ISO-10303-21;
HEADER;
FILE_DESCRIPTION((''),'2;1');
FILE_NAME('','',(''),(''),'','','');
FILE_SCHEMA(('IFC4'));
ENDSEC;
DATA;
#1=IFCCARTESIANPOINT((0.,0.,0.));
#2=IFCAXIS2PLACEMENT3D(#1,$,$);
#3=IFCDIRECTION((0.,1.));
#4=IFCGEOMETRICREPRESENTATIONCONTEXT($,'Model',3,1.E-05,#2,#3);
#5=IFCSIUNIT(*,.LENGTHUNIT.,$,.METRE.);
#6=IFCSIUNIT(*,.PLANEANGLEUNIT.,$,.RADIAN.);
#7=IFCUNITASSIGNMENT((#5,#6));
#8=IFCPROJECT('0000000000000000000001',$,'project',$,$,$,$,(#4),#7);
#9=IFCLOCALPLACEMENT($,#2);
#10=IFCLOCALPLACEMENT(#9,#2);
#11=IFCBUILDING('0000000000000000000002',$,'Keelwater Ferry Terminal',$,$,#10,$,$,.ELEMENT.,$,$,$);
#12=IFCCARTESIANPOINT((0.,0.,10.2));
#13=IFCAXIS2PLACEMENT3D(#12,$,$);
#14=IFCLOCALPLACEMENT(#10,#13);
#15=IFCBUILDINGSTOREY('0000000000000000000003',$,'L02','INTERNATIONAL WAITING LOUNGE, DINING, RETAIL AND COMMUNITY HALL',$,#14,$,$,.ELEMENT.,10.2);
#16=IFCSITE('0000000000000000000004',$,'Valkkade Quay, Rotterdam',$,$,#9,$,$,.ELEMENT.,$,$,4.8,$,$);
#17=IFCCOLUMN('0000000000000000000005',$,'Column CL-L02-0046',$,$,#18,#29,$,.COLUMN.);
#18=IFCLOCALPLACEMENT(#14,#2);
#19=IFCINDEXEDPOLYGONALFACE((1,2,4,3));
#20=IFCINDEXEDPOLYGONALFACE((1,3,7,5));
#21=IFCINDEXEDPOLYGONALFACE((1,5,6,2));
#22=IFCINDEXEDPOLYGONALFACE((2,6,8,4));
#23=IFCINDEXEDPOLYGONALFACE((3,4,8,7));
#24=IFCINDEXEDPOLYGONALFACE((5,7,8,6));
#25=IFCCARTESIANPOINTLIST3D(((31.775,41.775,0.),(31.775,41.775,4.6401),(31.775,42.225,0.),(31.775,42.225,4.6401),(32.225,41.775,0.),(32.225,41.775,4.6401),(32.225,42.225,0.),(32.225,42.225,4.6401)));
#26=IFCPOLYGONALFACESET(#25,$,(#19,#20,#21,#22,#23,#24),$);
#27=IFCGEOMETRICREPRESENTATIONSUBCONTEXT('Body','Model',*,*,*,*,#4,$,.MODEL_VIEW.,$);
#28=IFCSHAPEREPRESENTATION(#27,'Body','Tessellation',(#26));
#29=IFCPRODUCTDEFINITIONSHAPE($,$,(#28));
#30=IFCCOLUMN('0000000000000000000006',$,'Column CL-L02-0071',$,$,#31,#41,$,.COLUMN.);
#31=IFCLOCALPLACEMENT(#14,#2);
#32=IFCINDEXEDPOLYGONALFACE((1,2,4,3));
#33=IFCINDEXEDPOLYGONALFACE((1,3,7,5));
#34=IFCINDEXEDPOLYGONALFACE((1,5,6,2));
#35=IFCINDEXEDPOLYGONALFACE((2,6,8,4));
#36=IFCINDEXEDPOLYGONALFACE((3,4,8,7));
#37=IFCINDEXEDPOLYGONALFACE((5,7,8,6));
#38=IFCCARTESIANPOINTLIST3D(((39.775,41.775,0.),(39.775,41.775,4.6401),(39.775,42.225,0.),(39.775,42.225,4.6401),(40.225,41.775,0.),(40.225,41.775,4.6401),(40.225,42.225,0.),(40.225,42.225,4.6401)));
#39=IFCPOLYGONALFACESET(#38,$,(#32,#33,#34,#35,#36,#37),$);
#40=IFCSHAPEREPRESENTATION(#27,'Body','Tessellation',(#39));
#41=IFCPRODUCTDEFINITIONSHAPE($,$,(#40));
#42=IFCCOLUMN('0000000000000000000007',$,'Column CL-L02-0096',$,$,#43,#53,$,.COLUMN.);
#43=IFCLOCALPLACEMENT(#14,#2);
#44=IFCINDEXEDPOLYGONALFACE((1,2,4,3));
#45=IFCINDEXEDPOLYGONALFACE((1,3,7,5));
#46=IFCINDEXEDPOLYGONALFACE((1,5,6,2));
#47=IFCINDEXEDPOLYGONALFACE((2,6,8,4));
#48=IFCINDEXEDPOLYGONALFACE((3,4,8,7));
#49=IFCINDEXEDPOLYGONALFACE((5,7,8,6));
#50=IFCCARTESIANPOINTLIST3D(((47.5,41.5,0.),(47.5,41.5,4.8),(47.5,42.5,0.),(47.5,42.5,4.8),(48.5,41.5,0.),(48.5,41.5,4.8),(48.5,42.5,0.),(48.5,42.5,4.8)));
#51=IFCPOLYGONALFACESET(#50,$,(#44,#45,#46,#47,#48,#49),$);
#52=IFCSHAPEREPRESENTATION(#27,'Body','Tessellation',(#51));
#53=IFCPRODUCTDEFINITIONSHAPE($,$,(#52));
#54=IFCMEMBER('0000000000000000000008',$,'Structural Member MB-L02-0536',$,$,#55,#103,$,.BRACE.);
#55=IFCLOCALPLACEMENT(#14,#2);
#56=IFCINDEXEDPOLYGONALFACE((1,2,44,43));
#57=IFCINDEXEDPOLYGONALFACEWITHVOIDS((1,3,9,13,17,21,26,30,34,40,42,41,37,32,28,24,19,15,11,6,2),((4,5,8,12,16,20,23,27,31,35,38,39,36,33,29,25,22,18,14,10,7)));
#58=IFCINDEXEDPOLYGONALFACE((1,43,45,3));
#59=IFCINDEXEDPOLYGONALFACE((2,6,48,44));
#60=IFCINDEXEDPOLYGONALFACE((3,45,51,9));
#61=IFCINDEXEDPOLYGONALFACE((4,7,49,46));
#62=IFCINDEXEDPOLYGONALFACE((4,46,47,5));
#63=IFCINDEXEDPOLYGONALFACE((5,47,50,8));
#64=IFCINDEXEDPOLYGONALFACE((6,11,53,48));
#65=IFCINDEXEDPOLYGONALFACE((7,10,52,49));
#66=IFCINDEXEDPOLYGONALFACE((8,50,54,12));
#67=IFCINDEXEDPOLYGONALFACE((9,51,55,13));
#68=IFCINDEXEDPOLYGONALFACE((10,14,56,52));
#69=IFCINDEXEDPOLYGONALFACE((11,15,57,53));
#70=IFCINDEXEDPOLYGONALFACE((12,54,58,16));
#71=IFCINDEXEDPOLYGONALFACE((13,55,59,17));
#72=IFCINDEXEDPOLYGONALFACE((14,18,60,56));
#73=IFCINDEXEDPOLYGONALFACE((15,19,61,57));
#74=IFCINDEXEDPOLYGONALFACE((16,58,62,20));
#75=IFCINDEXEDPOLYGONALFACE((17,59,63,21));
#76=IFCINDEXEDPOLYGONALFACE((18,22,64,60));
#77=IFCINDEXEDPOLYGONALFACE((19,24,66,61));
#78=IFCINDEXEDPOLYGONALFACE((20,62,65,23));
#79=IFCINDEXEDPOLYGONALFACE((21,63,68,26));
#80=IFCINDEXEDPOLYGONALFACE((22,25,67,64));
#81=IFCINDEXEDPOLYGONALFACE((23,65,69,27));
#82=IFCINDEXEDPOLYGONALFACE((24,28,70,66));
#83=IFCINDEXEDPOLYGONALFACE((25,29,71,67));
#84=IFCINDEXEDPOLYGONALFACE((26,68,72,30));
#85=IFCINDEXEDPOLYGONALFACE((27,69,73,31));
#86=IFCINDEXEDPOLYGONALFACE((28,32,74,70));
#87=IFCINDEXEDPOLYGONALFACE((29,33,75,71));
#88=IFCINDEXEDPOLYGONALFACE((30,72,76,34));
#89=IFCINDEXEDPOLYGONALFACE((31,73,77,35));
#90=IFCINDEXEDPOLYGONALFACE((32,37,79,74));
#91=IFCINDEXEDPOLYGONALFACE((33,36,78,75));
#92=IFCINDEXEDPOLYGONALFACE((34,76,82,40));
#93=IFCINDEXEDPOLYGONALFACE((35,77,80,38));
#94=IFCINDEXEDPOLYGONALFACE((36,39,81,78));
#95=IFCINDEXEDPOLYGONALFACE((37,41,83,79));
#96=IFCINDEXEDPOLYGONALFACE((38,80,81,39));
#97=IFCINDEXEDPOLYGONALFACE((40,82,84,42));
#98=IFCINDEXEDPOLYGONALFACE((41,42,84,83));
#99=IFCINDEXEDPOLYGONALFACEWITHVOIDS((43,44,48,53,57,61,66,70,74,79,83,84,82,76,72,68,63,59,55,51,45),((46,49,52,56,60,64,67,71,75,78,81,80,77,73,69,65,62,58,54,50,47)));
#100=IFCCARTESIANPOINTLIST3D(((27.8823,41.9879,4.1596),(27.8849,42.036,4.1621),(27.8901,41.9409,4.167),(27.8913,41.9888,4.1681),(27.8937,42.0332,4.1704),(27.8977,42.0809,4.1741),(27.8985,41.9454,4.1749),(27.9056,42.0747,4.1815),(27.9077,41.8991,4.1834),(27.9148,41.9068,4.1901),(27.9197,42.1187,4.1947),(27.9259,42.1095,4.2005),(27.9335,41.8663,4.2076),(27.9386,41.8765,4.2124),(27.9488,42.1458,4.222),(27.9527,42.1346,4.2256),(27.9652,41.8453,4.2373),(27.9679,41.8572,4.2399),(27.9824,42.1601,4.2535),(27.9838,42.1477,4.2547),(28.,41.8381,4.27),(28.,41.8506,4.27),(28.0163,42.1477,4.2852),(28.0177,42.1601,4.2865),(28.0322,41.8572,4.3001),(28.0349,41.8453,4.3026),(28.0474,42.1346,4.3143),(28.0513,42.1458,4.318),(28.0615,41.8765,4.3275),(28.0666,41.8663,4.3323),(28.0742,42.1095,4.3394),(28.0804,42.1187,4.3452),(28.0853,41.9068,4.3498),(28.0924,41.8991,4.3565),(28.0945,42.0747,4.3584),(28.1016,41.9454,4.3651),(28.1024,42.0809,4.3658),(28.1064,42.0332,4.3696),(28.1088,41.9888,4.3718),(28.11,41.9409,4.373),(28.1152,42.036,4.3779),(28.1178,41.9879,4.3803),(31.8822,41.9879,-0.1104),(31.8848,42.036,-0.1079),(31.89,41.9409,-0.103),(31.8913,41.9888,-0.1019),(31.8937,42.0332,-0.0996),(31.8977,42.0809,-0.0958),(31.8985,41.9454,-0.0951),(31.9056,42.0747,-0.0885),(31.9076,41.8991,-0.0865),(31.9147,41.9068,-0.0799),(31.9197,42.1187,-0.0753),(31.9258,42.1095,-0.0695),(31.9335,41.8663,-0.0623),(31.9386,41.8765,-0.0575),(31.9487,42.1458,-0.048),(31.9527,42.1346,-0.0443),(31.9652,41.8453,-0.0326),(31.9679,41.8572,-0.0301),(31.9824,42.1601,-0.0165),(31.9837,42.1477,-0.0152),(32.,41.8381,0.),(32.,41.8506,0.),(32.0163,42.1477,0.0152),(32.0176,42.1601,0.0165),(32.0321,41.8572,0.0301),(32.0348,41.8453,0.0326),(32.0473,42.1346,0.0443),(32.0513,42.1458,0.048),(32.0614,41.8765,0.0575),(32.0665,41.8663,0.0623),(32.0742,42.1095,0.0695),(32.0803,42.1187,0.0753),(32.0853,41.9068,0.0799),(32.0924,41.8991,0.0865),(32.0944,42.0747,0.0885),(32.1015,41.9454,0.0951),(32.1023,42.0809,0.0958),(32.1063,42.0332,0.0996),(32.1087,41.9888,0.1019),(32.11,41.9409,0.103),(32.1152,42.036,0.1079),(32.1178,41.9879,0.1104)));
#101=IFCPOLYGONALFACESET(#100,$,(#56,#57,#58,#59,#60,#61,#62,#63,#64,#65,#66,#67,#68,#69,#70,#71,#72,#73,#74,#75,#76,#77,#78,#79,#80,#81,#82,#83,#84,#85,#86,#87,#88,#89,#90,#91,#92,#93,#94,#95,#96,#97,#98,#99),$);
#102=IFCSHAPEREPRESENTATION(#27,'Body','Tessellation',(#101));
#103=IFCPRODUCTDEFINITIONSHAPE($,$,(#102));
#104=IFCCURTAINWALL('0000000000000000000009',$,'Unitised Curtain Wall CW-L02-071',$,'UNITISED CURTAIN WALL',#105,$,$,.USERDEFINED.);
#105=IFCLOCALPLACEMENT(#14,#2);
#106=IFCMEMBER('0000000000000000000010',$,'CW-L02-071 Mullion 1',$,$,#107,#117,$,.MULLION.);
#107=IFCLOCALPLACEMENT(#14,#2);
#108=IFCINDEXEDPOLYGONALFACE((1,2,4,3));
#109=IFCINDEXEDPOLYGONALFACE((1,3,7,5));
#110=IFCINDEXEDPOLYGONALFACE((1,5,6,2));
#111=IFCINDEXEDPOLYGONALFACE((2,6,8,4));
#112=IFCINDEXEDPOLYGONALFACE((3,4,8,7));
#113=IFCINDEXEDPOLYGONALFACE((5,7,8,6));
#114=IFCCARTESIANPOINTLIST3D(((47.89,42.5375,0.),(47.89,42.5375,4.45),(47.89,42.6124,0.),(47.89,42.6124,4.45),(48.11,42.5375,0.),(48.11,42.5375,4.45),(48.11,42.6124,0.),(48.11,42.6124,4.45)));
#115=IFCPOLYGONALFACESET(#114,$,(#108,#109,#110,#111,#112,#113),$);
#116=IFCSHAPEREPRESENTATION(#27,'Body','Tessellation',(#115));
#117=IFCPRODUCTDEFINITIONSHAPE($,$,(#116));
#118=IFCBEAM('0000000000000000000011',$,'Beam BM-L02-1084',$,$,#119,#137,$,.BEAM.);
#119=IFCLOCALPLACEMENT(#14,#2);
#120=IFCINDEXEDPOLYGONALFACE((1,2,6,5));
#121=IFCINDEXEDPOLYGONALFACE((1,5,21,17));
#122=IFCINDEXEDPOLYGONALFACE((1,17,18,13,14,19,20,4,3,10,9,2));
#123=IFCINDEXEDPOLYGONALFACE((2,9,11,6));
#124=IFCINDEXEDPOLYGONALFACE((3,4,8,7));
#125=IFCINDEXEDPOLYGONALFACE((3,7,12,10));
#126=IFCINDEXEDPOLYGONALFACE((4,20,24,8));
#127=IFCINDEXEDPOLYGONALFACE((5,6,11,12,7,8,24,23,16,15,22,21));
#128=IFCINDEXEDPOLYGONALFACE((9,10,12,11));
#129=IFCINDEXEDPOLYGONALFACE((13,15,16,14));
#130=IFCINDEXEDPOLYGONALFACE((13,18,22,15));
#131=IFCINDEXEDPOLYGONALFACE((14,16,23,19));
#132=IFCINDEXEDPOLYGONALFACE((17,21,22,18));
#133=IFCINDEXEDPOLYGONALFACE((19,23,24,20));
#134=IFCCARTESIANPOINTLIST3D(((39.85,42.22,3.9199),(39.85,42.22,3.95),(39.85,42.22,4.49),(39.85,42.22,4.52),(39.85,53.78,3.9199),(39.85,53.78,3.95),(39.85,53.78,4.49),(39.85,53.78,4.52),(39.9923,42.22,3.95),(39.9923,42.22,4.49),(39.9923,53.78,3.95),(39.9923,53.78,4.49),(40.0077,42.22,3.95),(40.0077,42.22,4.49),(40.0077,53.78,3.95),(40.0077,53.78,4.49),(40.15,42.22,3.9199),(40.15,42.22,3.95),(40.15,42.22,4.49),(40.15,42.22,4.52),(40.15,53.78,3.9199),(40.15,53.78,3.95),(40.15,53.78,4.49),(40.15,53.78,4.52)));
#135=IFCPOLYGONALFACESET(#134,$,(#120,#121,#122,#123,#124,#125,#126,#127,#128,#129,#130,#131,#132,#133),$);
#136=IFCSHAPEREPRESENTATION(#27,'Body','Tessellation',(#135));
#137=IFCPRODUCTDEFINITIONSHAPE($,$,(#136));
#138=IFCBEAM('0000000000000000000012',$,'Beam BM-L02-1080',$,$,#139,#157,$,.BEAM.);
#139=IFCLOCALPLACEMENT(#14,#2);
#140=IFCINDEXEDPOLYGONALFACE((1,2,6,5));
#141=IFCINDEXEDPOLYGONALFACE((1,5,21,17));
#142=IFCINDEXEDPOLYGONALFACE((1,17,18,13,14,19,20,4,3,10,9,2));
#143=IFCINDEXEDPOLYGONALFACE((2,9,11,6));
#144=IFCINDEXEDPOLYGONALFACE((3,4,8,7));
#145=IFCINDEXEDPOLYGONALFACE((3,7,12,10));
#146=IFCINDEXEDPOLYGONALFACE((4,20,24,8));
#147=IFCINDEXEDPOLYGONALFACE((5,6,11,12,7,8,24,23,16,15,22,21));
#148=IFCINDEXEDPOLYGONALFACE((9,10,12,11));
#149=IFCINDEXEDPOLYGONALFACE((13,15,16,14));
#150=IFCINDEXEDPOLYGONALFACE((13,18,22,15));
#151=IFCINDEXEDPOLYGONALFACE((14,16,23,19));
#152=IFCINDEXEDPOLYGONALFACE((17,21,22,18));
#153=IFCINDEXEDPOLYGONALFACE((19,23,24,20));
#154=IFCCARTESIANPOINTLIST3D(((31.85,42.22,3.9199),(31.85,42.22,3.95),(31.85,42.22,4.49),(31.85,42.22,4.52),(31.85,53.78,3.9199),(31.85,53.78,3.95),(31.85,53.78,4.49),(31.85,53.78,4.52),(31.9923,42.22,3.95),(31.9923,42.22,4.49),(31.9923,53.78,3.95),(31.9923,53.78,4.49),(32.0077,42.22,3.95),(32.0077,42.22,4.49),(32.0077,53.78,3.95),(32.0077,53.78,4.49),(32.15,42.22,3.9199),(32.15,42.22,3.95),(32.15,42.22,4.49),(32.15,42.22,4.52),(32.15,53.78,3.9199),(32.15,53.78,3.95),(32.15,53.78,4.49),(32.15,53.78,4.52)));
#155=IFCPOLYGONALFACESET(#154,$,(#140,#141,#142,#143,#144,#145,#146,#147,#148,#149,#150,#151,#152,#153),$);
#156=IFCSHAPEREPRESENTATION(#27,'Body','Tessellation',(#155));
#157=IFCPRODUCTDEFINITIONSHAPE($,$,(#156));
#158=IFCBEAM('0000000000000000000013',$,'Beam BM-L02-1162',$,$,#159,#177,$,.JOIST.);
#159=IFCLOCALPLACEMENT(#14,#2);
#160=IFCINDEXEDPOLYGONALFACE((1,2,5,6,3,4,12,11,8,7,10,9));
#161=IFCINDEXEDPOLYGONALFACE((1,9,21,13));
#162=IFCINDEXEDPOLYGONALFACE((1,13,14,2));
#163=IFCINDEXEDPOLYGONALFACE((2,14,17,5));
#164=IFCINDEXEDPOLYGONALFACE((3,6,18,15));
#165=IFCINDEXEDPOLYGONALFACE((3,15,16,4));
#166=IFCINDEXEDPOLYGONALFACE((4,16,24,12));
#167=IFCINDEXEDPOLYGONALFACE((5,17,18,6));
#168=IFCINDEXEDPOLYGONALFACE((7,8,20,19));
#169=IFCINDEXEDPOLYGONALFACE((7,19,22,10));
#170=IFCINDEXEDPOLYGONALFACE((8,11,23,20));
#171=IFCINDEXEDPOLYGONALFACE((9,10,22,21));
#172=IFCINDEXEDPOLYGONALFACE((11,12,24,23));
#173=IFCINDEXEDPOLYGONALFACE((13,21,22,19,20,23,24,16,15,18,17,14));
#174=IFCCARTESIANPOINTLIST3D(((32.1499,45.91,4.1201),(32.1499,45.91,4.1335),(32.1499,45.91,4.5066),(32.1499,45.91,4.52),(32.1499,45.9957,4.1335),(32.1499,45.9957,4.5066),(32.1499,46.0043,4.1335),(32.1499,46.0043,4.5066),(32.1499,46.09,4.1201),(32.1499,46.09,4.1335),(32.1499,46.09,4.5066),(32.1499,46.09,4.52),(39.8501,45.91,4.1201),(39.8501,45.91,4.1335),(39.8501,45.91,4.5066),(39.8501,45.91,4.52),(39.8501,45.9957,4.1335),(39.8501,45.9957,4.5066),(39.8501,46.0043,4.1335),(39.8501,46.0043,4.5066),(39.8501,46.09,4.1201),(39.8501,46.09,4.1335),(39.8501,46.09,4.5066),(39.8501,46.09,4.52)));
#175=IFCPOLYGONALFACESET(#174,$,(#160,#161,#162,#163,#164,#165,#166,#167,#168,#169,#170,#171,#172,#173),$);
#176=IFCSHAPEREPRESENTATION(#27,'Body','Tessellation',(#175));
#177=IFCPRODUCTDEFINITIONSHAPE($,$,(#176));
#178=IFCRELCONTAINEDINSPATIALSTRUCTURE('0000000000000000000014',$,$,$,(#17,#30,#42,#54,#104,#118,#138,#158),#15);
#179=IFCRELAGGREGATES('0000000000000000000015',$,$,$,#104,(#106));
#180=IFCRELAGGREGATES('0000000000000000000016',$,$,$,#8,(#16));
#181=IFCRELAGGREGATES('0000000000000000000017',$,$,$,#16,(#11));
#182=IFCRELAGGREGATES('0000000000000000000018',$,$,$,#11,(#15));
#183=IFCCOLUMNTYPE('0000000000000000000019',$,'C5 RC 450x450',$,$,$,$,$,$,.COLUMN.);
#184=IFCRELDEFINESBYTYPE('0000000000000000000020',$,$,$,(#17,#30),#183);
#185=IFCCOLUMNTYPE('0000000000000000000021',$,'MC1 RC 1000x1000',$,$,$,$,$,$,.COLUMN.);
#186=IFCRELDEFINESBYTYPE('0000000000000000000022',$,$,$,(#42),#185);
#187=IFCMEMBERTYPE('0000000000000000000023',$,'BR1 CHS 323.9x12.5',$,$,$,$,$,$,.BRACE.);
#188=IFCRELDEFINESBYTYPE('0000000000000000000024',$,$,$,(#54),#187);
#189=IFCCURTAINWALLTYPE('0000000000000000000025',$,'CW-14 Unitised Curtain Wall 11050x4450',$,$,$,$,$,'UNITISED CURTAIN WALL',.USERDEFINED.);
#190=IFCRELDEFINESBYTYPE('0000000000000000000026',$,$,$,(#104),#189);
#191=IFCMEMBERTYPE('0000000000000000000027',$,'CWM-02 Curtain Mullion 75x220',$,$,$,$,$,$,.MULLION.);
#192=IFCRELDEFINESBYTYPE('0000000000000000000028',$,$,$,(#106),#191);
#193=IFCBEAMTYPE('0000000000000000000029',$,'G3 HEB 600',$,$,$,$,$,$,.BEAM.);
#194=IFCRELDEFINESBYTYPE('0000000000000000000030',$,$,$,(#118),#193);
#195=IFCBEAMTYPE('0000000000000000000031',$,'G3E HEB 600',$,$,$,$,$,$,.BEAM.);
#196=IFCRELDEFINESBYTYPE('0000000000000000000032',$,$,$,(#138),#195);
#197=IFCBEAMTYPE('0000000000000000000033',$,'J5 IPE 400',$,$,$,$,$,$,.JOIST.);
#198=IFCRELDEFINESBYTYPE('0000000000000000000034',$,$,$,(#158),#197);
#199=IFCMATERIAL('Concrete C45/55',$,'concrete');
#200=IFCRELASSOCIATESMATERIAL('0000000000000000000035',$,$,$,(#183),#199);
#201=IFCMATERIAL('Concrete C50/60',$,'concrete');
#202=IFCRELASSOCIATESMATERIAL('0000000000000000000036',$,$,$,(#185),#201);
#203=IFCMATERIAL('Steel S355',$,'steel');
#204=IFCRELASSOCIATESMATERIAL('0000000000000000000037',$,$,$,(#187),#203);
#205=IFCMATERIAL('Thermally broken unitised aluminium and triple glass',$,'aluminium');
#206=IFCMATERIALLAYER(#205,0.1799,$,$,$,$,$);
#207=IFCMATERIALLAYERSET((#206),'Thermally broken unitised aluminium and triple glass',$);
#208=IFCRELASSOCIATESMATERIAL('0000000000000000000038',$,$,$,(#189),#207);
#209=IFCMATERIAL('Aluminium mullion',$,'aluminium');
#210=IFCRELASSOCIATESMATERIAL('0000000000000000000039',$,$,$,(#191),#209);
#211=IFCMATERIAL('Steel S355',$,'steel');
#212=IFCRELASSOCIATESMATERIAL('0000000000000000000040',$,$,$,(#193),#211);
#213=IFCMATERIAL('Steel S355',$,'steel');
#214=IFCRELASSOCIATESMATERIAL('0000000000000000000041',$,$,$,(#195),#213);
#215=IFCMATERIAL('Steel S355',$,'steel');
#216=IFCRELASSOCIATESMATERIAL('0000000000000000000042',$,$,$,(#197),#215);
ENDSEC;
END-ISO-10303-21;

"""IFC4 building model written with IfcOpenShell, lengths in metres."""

from ifc_helpers import new_model, si_unit, direction, frame, origin, origin_2d, place, context, subcontext, project, spatial, rectangle, hollow_circle, i_section, extrude, material, layer, layer_set, material_profile, profile_set, type_object, element, aggregate, save


model = new_model("IFC4")

# Units and contexts
model_context = context("Model", 3, precision=1e-05, world=origin(), true_north=direction((0.0, 1.0)))
body_context = subcontext(model_context, "Body", "Model", "MODEL_VIEW")
ifc_project = project(units=[si_unit("LENGTHUNIT", "METRE"), si_unit("PLANEANGLEUNIT", "RADIAN")], contexts=[model_context])

# Site, building, storey
site_placement = place(None, origin())
site = spatial("IfcSite", under=ifc_project, at=site_placement, Name="Valkkade Quay, Rotterdam", CompositionType="ELEMENT", RefElevation=4.8)
building_placement = place(site_placement, origin())
building = spatial("IfcBuilding", under=site, at=building_placement, Name="Keelwater Ferry Terminal", CompositionType="ELEMENT")
storey_placement = place(building_placement, frame((0.0, 0.0, 10.2)))
storey = spatial("IfcBuildingStorey", under=building, at=storey_placement, Name="L02", Description="INTERNATIONAL WAITING LOUNGE, DINING, RETAIL AND COMMUNITY HALL", CompositionType="ELEMENT", Elevation=10.2)

# Columns
ifc_material_1 = material(Name="Concrete C45/55", Category="concrete")
ifc_material_profile_1 = material_profile(ifc_material_1, rectangle(XDim=0.45, YDim=0.45, at=origin_2d()), Name="RC 450x450")
ifc_profile_set_1 = profile_set([ifc_material_profile_1], Name="Concrete C45/55")
column_type_1 = type_object("IfcColumnType", Name="C5 RC 450x450", PredefinedType="COLUMN", material=ifc_profile_set_1)
for number, where, z_axis, x_axis, name in (
    (1, (32.0, 42.0, 0.0), (0.0, 0.0, 1.0), (1.0, 0.0, 0.0), "Column CL-L02-0046"),
    (2, (40.0, 42.0, 0.0), (0.0, 0.0, 1.0), (1.0, 0.0, 0.0), "Column CL-L02-0071"),
):
    element("IfcColumn", number, at=place(storey_placement, frame(where, z_axis=z_axis, x_axis=x_axis)), inside=storey, type_object=column_type_1, Name=name, PredefinedType="COLUMN", context=body_context, shape_type="SweptSolid", body=[
        extrude(rectangle(XDim=0.45, YDim=0.45, at=origin_2d()), origin(), (0.0, 0.0, 1.0), 4.6401),
    ])
ifc_material_2 = material(Name="Concrete C50/60", Category="concrete")
ifc_material_profile_2 = material_profile(ifc_material_2, rectangle(XDim=1.0, YDim=1.0, at=origin_2d()), Name="RC 1000x1000")
ifc_profile_set_2 = profile_set([ifc_material_profile_2], Name="Concrete C50/60")
column_type_2 = type_object("IfcColumnType", Name="MC1 RC 1000x1000", PredefinedType="COLUMN", material=ifc_profile_set_2)
column_placement = place(storey_placement, frame((48.0, 42.0, 0.0), z_axis=(0.0, 0.0, 1.0), x_axis=(1.0, 0.0, 0.0)))
element("IfcColumn", 3, at=column_placement, inside=storey, type_object=column_type_2, Name="Column CL-L02-0096", PredefinedType="COLUMN", context=body_context, shape_type="SweptSolid", body=[
    extrude(rectangle(XDim=1.0, YDim=1.0, at=origin_2d()), origin(), (0.0, 0.0, 1.0), 4.8),
])

# Member
ifc_material_3 = material(Name="Steel S355", Category="steel")
ifc_material_profile_3 = material_profile(ifc_material_3, hollow_circle(Radius=0.1619, WallThickness=0.0125, at=origin_2d()), Name="CHS 323.9x12.5")
ifc_profile_set_3 = profile_set([ifc_material_profile_3], Name="Steel S355")
member_type_1 = type_object("IfcMemberType", Name="BR1 CHS 323.9x12.5", PredefinedType="BRACE", material=ifc_profile_set_3)
member_1_placement = place(storey_placement, frame((32.0, 42.0, 0.0), z_axis=(-0.683655, 0.0, 0.729805), x_axis=(0.0, -1.0, 0.0)))
element("IfcMember", 4, at=member_1_placement, inside=storey, type_object=member_type_1, Name="Structural Member MB-L02-0536", PredefinedType="BRACE", context=body_context, shape_type="SweptSolid", body=[
    extrude(hollow_circle(Radius=0.1619, WallThickness=0.0125, at=origin_2d()), origin(), (0.0, 0.0, 1.0), 5.8508),
])

# Curtain wall, member
ifc_material_4 = material(Name="Thermally broken unitised aluminium and triple glass", Category="aluminium")
ifc_layer_1 = layer(ifc_material_4, 0.1799)
ifc_layer_set_1 = layer_set([ifc_layer_1], Name="Thermally broken unitised aluminium and triple glass")
curtain_wall_type = type_object("IfcCurtainWallType", Name="CW-14 Unitised Curtain Wall 11050x4450", ElementType="UNITISED CURTAIN WALL", PredefinedType="USERDEFINED", material=ifc_layer_set_1)
curtain_wall_placement = place(storey_placement, origin())
curtain_wall = element("IfcCurtainWall", 5, at=curtain_wall_placement, inside=storey, type_object=curtain_wall_type, Name="Unitised Curtain Wall CW-L02-071", ObjectType="UNITISED CURTAIN WALL", PredefinedType="USERDEFINED")
ifc_material_5 = material(Name="Aluminium mullion", Category="aluminium")
ifc_material_profile_4 = material_profile(ifc_material_5, rectangle(XDim=0.075, YDim=0.22, at=origin_2d()), Name="CWM-02")
ifc_profile_set_4 = profile_set([ifc_material_profile_4], Name="Aluminium mullion")
member_type_2 = type_object("IfcMemberType", Name="CWM-02 Curtain Mullion 75x220", PredefinedType="MULLION", material=ifc_profile_set_4)
member_2_placement = place(storey_placement, frame((48.0, 42.575, 0.0), z_axis=(0.0, 0.0, 1.0), x_axis=(0.0, 1.0, 0.0)))
member_2 = element("IfcMember", 6, at=member_2_placement, type_object=member_type_2, Name="CW-L02-071 Mullion 1", PredefinedType="MULLION", context=body_context, shape_type="SweptSolid", body=[
    extrude(rectangle(XDim=0.075, YDim=0.22, at=origin_2d()), origin(), (0.0, 0.0, 1.0), 4.45),
])
aggregate(curtain_wall, [member_2])

# Beams
ifc_material_6 = material(Name="Steel S355", Category="steel")
ifc_material_profile_5 = material_profile(ifc_material_6, i_section(OverallWidth=0.3, OverallDepth=0.6001, WebThickness=0.0154, FlangeThickness=0.03, at=origin_2d()), Name="HEB 600")
ifc_profile_set_5 = profile_set([ifc_material_profile_5], Name="Steel S355")
beam_type_1 = type_object("IfcBeamType", Name="G3 HEB 600", PredefinedType="BEAM", material=ifc_profile_set_5)
beam_1_placement = place(storey_placement, frame((40.0, 42.22, 4.22), z_axis=(0.0, 1.0, 0.0), x_axis=(-1.0, 0.0, 0.0)))
element("IfcBeam", 7, at=beam_1_placement, inside=storey, type_object=beam_type_1, Name="Beam BM-L02-1084", PredefinedType="BEAM", context=body_context, shape_type="SweptSolid", body=[
    extrude(i_section(OverallWidth=0.3, OverallDepth=0.6001, WebThickness=0.0154, FlangeThickness=0.03, at=origin_2d()), origin(), (0.0, 0.0, 1.0), 11.5601),
])
ifc_material_7 = material(Name="Steel S355", Category="steel")
ifc_material_profile_6 = material_profile(ifc_material_7, i_section(OverallWidth=0.3, OverallDepth=0.6001, WebThickness=0.0154, FlangeThickness=0.03, at=origin_2d()), Name="HEB 600")
ifc_profile_set_6 = profile_set([ifc_material_profile_6], Name="Steel S355")
beam_type_2 = type_object("IfcBeamType", Name="G3E HEB 600", PredefinedType="BEAM", material=ifc_profile_set_6)
beam_2_placement = place(storey_placement, frame((32.0, 42.22, 4.22), z_axis=(0.0, 1.0, 0.0), x_axis=(-1.0, 0.0, 0.0)))
element("IfcBeam", 8, at=beam_2_placement, inside=storey, type_object=beam_type_2, Name="Beam BM-L02-1080", PredefinedType="BEAM", context=body_context, shape_type="SweptSolid", body=[
    extrude(i_section(OverallWidth=0.3, OverallDepth=0.6001, WebThickness=0.0154, FlangeThickness=0.03, at=origin_2d()), origin(), (0.0, 0.0, 1.0), 11.5601),
])
ifc_material_8 = material(Name="Steel S355", Category="steel")
ifc_material_profile_7 = material_profile(ifc_material_8, i_section(OverallWidth=0.1799, OverallDepth=0.3999, WebThickness=0.0085, FlangeThickness=0.0134, at=origin_2d()), Name="IPE 400")
ifc_profile_set_7 = profile_set([ifc_material_profile_7], Name="Steel S355")
beam_type_3 = type_object("IfcBeamType", Name="J5 IPE 400", PredefinedType="JOIST", material=ifc_profile_set_7)
beam_3_placement = place(storey_placement, frame((32.1499, 46.0, 4.3201), z_axis=(1.0, 0.0, 0.0), x_axis=(0.0, 1.0, 0.0)))
element("IfcBeam", 9, at=beam_3_placement, inside=storey, type_object=beam_type_3, Name="Beam BM-L02-1162", PredefinedType="JOIST", context=body_context, shape_type="SweptSolid", body=[
    extrude(i_section(OverallWidth=0.1799, OverallDepth=0.3999, WebThickness=0.0085, FlangeThickness=0.0134, at=origin_2d()), origin(), (0.0, 0.0, 1.0), 7.7002),
])

save(model, "model.ifc")
